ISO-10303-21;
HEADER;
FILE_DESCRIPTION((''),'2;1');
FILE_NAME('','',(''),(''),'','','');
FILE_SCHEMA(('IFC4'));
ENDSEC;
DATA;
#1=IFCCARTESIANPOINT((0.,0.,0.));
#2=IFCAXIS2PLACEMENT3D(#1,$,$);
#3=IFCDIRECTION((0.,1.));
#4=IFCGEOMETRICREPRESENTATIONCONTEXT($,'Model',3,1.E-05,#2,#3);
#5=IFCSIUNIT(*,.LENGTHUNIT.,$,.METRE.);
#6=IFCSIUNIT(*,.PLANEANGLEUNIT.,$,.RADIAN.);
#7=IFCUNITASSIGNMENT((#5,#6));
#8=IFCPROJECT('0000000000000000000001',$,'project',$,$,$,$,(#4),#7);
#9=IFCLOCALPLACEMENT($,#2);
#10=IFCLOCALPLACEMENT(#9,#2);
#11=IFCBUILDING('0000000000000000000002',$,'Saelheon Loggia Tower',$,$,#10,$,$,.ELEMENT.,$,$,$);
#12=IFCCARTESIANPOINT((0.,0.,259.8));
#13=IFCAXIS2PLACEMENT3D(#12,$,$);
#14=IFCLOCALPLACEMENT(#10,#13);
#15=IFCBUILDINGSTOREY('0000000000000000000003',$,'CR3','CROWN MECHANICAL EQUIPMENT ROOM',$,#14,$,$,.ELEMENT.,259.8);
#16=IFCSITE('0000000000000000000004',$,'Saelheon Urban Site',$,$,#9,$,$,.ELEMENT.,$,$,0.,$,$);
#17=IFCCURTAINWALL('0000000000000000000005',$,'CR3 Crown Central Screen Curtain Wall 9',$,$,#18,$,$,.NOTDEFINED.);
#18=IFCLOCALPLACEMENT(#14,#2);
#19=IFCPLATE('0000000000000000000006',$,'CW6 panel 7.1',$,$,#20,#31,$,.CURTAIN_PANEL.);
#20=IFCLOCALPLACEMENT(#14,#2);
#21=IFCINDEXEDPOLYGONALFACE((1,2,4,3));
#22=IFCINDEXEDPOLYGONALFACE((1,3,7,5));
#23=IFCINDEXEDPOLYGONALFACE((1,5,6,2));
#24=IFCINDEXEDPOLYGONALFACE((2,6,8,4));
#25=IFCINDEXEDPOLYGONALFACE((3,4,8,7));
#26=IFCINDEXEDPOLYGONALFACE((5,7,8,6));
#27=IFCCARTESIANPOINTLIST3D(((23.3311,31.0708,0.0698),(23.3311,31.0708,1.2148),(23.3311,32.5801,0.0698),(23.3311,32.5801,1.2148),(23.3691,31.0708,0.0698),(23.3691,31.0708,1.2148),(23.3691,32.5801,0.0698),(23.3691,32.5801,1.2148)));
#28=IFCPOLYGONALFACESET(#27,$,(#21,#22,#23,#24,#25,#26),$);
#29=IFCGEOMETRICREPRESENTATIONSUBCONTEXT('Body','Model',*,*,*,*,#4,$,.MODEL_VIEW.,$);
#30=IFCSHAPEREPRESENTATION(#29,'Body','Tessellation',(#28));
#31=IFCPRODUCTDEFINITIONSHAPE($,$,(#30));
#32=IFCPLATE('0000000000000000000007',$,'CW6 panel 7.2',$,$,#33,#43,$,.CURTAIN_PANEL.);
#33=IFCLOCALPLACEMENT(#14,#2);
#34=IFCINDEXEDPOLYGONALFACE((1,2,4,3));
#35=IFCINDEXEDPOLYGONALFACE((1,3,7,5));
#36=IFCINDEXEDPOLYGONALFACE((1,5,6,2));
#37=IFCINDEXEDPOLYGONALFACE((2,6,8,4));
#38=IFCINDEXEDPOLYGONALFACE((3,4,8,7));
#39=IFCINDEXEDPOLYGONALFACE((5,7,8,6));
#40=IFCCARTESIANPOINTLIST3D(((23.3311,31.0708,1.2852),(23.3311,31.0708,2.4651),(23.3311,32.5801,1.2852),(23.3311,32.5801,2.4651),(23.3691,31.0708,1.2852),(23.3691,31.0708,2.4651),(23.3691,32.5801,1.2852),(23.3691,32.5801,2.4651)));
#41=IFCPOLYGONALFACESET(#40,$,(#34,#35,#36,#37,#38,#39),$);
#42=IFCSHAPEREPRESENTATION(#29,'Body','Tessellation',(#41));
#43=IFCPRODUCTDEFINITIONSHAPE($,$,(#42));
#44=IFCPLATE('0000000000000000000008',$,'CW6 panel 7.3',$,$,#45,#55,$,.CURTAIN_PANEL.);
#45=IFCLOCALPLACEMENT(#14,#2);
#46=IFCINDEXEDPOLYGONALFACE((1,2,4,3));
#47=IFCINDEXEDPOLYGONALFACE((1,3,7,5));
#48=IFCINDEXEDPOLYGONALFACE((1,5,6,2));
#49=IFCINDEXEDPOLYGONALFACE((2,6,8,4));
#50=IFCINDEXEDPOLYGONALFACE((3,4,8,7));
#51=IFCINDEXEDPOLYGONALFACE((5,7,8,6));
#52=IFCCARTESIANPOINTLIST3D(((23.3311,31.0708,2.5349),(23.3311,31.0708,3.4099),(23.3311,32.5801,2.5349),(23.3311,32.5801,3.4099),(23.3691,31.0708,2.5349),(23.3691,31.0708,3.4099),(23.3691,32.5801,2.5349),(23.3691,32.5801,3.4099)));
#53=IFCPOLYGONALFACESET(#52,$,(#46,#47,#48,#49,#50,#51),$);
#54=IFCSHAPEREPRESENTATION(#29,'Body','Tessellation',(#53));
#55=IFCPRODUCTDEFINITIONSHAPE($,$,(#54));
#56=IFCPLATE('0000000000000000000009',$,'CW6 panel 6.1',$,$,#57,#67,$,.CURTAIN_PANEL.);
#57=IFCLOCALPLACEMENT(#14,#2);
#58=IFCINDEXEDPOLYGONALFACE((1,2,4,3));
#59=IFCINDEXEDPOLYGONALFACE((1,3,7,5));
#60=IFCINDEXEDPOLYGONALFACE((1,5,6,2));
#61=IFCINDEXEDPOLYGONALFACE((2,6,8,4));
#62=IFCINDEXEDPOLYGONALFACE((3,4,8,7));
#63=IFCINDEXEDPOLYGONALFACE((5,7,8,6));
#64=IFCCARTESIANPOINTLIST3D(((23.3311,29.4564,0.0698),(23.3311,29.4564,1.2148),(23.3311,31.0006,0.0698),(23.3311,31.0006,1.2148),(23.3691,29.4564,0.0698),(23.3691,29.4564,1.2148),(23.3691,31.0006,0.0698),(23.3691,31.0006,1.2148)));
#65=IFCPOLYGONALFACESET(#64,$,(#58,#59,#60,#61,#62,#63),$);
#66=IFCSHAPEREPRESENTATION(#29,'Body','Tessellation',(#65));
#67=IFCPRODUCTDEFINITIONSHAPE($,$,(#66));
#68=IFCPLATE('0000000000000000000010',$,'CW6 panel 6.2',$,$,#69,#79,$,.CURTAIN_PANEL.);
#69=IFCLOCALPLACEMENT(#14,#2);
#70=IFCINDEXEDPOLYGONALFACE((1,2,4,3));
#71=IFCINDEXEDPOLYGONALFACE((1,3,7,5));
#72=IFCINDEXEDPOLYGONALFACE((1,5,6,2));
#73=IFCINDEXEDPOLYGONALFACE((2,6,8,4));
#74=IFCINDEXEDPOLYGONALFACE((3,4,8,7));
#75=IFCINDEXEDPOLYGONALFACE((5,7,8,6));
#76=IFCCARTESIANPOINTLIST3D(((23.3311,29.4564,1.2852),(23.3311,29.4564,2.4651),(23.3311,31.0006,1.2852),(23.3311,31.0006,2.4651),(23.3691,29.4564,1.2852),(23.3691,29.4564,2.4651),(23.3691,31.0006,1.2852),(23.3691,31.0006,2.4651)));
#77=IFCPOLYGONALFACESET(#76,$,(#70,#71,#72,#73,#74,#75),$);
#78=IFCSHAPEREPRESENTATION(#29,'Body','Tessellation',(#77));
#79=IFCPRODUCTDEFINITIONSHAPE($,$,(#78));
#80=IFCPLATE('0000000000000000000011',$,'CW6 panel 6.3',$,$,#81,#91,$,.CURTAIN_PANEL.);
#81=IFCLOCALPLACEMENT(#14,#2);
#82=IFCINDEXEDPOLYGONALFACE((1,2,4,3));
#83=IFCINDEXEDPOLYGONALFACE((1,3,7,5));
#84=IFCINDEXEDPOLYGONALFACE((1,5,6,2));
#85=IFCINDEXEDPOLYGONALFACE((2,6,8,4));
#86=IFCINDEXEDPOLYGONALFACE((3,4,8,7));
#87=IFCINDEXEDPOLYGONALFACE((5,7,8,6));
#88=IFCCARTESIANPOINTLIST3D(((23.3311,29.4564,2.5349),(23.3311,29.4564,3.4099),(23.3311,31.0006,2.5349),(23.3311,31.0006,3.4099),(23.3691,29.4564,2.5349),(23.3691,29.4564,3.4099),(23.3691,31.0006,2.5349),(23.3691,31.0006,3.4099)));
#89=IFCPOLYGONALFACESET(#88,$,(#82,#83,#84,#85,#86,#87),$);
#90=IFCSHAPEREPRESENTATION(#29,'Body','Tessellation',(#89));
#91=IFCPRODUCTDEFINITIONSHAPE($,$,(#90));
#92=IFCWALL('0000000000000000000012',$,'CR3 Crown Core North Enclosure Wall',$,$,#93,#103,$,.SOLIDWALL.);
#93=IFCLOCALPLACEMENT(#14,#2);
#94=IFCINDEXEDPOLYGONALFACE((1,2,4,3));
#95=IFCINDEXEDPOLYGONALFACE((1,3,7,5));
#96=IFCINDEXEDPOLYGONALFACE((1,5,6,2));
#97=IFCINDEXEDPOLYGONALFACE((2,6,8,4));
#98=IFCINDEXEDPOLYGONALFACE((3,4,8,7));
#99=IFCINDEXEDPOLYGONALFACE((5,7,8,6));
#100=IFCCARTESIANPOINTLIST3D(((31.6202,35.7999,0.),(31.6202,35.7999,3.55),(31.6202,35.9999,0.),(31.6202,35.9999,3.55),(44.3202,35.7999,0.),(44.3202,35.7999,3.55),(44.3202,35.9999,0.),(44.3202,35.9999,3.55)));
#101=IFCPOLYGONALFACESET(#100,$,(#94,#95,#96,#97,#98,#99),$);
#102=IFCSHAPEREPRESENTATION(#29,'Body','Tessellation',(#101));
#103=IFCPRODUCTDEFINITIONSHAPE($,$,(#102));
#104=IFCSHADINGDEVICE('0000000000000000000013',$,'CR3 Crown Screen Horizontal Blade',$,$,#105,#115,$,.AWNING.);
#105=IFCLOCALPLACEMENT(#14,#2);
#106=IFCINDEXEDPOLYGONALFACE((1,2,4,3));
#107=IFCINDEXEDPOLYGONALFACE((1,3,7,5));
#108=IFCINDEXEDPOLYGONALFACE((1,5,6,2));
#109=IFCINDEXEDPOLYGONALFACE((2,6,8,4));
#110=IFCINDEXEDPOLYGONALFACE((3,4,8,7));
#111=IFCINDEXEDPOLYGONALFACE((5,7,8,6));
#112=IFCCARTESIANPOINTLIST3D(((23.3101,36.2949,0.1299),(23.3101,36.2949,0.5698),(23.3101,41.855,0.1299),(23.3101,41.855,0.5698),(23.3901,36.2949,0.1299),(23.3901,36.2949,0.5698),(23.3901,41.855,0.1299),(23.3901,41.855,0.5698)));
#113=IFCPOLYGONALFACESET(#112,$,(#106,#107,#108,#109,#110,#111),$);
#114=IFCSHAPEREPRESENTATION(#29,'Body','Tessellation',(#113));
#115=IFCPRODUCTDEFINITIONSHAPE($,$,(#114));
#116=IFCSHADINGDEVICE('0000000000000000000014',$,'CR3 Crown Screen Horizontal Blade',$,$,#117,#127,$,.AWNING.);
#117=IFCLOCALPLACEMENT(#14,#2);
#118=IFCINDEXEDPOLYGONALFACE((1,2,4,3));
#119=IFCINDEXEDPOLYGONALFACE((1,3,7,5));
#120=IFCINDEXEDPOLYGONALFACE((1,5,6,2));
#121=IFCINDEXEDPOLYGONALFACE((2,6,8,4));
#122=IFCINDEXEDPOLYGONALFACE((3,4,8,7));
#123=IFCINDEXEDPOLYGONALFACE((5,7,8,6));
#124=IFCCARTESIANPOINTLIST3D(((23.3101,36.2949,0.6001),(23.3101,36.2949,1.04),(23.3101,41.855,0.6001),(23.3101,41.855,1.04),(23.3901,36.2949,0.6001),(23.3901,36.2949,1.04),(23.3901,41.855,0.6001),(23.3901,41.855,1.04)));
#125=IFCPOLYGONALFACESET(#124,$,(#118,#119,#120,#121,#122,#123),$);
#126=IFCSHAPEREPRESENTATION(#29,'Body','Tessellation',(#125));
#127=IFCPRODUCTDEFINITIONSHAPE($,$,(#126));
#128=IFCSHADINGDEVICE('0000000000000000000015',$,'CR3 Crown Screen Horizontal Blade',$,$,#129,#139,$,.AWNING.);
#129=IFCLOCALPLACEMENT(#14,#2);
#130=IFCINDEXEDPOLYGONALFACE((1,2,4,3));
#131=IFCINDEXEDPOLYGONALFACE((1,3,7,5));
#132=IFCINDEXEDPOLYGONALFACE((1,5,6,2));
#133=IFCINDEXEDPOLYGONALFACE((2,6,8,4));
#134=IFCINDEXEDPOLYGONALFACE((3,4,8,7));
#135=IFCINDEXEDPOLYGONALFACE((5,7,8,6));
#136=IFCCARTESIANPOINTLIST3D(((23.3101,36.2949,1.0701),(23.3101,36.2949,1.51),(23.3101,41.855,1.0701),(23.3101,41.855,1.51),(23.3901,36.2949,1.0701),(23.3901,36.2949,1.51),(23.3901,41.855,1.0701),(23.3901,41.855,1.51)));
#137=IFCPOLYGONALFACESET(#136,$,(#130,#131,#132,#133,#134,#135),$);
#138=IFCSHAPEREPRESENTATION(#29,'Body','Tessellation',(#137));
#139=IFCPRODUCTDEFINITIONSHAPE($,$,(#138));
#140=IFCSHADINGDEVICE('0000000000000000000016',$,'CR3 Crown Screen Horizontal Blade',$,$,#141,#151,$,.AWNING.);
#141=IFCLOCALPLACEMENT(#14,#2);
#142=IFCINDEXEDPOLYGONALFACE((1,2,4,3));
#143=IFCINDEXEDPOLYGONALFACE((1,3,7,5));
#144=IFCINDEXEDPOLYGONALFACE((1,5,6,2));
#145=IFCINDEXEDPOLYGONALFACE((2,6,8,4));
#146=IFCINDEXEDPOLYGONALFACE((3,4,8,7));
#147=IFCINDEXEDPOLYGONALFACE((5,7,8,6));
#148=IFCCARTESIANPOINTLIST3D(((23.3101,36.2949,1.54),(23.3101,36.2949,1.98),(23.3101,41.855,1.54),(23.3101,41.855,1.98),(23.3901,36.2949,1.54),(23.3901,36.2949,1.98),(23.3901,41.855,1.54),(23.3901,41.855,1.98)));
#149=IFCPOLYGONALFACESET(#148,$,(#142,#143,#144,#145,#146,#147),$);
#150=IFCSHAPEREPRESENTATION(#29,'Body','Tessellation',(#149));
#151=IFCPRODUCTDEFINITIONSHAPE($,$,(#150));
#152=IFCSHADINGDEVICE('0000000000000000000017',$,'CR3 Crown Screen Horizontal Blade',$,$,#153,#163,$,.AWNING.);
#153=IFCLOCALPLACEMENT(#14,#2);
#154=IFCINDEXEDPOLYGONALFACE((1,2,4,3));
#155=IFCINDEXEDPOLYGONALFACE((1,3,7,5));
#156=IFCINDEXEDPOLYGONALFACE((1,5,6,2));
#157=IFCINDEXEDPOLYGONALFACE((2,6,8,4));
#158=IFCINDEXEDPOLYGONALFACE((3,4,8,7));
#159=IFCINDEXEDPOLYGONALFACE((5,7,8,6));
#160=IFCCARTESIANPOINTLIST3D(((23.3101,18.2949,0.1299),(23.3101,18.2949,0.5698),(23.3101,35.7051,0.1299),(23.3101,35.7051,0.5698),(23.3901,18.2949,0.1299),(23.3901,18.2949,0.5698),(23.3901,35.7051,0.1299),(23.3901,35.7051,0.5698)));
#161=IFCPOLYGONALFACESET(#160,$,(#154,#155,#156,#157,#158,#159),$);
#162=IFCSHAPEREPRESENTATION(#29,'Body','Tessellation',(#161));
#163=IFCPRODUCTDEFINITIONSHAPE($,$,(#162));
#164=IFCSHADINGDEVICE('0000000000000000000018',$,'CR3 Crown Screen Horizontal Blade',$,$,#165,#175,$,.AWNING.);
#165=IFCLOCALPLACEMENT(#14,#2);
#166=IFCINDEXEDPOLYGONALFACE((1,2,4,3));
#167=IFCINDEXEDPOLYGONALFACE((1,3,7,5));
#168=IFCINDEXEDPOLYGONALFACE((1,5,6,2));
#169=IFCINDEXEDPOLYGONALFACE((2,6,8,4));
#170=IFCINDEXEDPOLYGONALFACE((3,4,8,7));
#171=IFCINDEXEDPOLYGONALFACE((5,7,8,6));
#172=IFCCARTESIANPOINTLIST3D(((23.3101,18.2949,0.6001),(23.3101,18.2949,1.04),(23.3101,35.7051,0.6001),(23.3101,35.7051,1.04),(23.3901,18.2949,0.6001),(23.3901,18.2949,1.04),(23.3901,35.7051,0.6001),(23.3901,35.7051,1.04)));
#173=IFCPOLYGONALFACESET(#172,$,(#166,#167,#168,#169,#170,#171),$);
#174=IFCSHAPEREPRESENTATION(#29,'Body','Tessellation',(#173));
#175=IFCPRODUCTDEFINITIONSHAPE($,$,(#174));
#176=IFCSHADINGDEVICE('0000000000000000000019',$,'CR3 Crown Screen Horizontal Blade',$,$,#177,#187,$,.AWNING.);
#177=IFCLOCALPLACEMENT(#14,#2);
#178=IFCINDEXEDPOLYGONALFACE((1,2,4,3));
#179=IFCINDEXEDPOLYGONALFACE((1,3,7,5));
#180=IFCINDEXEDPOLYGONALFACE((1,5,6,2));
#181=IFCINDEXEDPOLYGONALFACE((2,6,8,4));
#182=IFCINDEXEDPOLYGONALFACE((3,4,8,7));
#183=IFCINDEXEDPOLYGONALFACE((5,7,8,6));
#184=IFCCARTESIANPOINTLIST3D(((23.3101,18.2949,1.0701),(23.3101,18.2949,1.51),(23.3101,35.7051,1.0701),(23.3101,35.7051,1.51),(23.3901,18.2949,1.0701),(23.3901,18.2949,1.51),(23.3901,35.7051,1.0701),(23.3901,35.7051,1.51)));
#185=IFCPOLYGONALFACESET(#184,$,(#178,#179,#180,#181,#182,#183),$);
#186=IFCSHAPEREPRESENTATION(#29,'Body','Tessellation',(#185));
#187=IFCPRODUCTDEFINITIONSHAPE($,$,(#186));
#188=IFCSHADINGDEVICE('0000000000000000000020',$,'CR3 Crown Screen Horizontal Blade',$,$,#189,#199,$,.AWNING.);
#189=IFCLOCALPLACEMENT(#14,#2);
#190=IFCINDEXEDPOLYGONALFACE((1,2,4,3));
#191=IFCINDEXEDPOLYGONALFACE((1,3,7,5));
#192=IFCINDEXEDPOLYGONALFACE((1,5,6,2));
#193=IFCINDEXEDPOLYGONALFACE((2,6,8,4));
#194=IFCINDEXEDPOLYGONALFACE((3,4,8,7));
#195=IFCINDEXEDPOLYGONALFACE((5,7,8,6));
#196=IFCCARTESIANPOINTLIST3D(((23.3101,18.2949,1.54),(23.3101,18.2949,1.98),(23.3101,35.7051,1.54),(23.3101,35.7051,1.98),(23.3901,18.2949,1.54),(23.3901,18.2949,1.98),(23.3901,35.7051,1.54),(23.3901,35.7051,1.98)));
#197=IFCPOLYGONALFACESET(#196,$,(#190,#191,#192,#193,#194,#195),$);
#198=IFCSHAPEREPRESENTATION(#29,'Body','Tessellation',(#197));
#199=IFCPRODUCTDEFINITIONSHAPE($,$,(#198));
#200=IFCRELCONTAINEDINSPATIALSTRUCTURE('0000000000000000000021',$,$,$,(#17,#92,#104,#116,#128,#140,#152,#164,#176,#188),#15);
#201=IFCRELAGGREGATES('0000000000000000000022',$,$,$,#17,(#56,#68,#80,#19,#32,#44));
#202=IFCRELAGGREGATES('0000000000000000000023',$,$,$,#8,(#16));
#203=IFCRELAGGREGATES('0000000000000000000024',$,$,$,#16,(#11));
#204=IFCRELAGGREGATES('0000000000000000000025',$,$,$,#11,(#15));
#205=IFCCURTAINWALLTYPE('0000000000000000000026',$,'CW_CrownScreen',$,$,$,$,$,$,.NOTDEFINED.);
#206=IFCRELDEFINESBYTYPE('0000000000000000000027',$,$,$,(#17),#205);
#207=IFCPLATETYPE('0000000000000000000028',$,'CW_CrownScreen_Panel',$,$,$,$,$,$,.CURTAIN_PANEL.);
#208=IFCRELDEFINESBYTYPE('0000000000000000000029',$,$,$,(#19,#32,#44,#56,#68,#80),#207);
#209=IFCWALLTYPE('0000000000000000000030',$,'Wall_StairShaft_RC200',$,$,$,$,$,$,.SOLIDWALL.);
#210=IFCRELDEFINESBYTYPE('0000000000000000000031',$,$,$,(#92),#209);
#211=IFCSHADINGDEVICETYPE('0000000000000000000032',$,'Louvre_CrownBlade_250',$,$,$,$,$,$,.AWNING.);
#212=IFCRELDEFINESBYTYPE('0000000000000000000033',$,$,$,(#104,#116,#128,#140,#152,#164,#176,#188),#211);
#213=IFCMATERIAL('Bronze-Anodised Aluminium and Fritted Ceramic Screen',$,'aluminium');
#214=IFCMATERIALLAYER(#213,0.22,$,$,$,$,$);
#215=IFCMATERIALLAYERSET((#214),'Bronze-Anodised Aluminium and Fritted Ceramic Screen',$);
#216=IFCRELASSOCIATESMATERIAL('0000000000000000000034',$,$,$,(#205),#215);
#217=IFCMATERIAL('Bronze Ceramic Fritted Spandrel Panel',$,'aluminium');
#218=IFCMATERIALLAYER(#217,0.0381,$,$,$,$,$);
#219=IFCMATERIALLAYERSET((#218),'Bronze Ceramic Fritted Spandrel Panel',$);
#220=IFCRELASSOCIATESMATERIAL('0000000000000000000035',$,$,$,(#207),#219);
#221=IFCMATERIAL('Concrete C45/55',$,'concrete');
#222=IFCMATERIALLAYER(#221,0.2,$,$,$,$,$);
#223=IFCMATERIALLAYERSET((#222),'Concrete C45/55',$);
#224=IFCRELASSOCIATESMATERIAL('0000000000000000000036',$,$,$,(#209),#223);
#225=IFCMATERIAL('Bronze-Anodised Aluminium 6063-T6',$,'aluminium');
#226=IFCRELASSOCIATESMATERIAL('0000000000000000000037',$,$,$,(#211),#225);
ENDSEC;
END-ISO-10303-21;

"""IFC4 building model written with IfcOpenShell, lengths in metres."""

from ifc_helpers import new_model, si_unit, direction, frame, frame_2d, origin, origin_2d, place, context, subcontext, project, spatial, rectangle, extrude, source, transform, mapped, material, layer, layer_set, material_profile, profile_set, type_object, element, aggregate, save


model = new_model("IFC4")

# Units and contexts
model_context = context("Model", 3, precision=1e-05, world=origin(), true_north=direction((0.0, 1.0)))
body_context = subcontext(model_context, "Body", "Model", "MODEL_VIEW")
ifc_project = project(units=[si_unit("LENGTHUNIT", "METRE"), si_unit("PLANEANGLEUNIT", "RADIAN")], contexts=[model_context])

# Site, building, storey
site_placement = place(None, origin())
site = spatial("IfcSite", under=ifc_project, at=site_placement, Name="Saelheon Urban Site", CompositionType="ELEMENT", RefElevation=0.0)
building_placement = place(site_placement, origin())
building = spatial("IfcBuilding", under=site, at=building_placement, Name="Saelheon Loggia Tower", CompositionType="ELEMENT")
storey_placement = place(building_placement, frame((0.0, 0.0, 259.8)))
storey = spatial("IfcBuildingStorey", under=building, at=storey_placement, Name="CR3", Description="CROWN MECHANICAL EQUIPMENT ROOM", CompositionType="ELEMENT", Elevation=259.8)

# Curtain wall, plates
ifc_material_1 = material(Name="Bronze-Anodised Aluminium and Fritted Ceramic Screen", Category="aluminium")
ifc_layer_1 = layer(ifc_material_1, 0.22)
ifc_layer_set_1 = layer_set([ifc_layer_1], Name="Bronze-Anodised Aluminium and Fritted Ceramic Screen")
curtain_wall_type = type_object("IfcCurtainWallType", Name="CW_CrownScreen", PredefinedType="NOTDEFINED", material=ifc_layer_set_1)
curtain_wall_placement = place(storey_placement, origin())
curtain_wall = element("IfcCurtainWall", 1, at=curtain_wall_placement, inside=storey, type_object=curtain_wall_type, Name="CR3 Crown Central Screen Curtain Wall 9", PredefinedType="NOTDEFINED")
ifc_material_2 = material(Name="Bronze-Anodised Aluminium 6063-T6", Category="aluminium")
ifc_material_3 = material(Name="Bronze Ceramic Fritted Spandrel Panel", Category="aluminium")
ifc_layer_2 = layer(ifc_material_3, 0.0381)
ifc_layer_set_2 = layer_set([ifc_layer_2], Name="Bronze Ceramic Fritted Spandrel Panel")
plate_type = type_object("IfcPlateType", Name="CW_CrownScreen_Panel", PredefinedType="CURTAIN_PANEL", material=ifc_layer_set_2)
shared_shape_1 = source(origin(), body_context, "Body", "SweptSolid", [
    extrude(rectangle(XDim=1.5093, YDim=0.0381, at=origin_2d()), origin(), (0.0, 0.0, 1.0), 1.145),
])
plate_1_placement = place(storey_placement, frame((23.3501, 31.8254, 0.0698), z_axis=(0.0, 0.0, 1.0), x_axis=(0.0, 1.0, 0.0)))
plate_1 = element("IfcPlate", 2, at=plate_1_placement, type_object=plate_type, Name="CW6 panel 7.1", PredefinedType="CURTAIN_PANEL", context=body_context, shape_type="MappedRepresentation", body=[
    mapped(shared_shape_1, transform((0.0, 0.0, 0.0), scale=1.0)),
])
shared_shape_2 = source(origin(), body_context, "Body", "SweptSolid", [
    extrude(rectangle(XDim=1.5093, YDim=0.0381, at=origin_2d()), origin(), (0.0, 0.0, 1.0), 1.1799),
])
plate_2_placement = place(storey_placement, frame((23.3501, 31.8254, 1.2852), z_axis=(0.0, 0.0, 1.0), x_axis=(0.0, 1.0, 0.0)))
plate_2 = element("IfcPlate", 3, at=plate_2_placement, type_object=plate_type, Name="CW6 panel 7.2", PredefinedType="CURTAIN_PANEL", context=body_context, shape_type="MappedRepresentation", body=[
    mapped(shared_shape_2, transform((0.0, 0.0, 0.0), scale=1.0)),
])
shared_shape_3 = source(origin(), body_context, "Body", "SweptSolid", [
    extrude(rectangle(XDim=1.5093, YDim=0.0381, at=origin_2d()), origin(), (0.0, 0.0, 1.0), 0.875),
])
plate_3_placement = place(storey_placement, frame((23.3501, 31.8254, 2.5349), z_axis=(0.0, 0.0, 1.0), x_axis=(0.0, 1.0, 0.0)))
plate_3 = element("IfcPlate", 4, at=plate_3_placement, type_object=plate_type, Name="CW6 panel 7.3", PredefinedType="CURTAIN_PANEL", context=body_context, shape_type="MappedRepresentation", body=[
    mapped(shared_shape_3, transform((0.0, 0.0, 0.0), scale=1.0)),
])
shared_shape_4 = source(origin(), body_context, "Body", "SweptSolid", [
    extrude(rectangle(XDim=1.5442, YDim=0.0381, at=origin_2d()), origin(), (0.0, 0.0, 1.0), 1.145),
])
plate_4_placement = place(storey_placement, frame((23.3501, 30.2285, 0.0698), z_axis=(0.0, 0.0, 1.0), x_axis=(0.0, 1.0, 0.0)))
plate_4 = element("IfcPlate", 5, at=plate_4_placement, type_object=plate_type, Name="CW6 panel 6.1", PredefinedType="CURTAIN_PANEL", context=body_context, shape_type="MappedRepresentation", body=[
    mapped(shared_shape_4, transform((0.0, 0.0, 0.0), scale=1.0)),
])
shared_shape_5 = source(origin(), body_context, "Body", "SweptSolid", [
    extrude(rectangle(XDim=1.5442, YDim=0.0381, at=origin_2d()), origin(), (0.0, 0.0, 1.0), 1.1799),
])
plate_5_placement = place(storey_placement, frame((23.3501, 30.2285, 1.2852), z_axis=(0.0, 0.0, 1.0), x_axis=(0.0, 1.0, 0.0)))
plate_5 = element("IfcPlate", 6, at=plate_5_placement, type_object=plate_type, Name="CW6 panel 6.2", PredefinedType="CURTAIN_PANEL", context=body_context, shape_type="MappedRepresentation", body=[
    mapped(shared_shape_5, transform((0.0, 0.0, 0.0), scale=1.0)),
])
shared_shape_6 = source(origin(), body_context, "Body", "SweptSolid", [
    extrude(rectangle(XDim=1.5442, YDim=0.0381, at=origin_2d()), origin(), (0.0, 0.0, 1.0), 0.875),
])
plate_6_placement = place(storey_placement, frame((23.3501, 30.2285, 2.5349), z_axis=(0.0, 0.0, 1.0), x_axis=(0.0, 1.0, 0.0)))
plate_6 = element("IfcPlate", 7, at=plate_6_placement, type_object=plate_type, Name="CW6 panel 6.3", PredefinedType="CURTAIN_PANEL", context=body_context, shape_type="MappedRepresentation", body=[
    mapped(shared_shape_6, transform((0.0, 0.0, 0.0), scale=1.0)),
])
aggregate(curtain_wall, [plate_4, plate_5, plate_6, plate_1, plate_2, plate_3])

# Wall
ifc_material_4 = material(Name="Concrete C45/55", Category="concrete")
ifc_layer_3 = layer(ifc_material_4, 0.2)
ifc_layer_set_3 = layer_set([ifc_layer_3], Name="Concrete C45/55")
wall_type = type_object("IfcWallType", Name="Wall_StairShaft_RC200", PredefinedType="SOLIDWALL", material=ifc_layer_set_3)
wall_placement = place(storey_placement, frame((31.6201, 35.8999, 0.0), z_axis=(0.0, 0.0, 1.0), x_axis=(1.0, 0.0, 0.0)))
element("IfcWall", 8, at=wall_placement, inside=storey, type_object=wall_type, Name="CR3 Crown Core North Enclosure Wall", PredefinedType="SOLIDWALL", context=body_context, shape_type="SweptSolid", body=[
    extrude(rectangle(XDim=12.7, YDim=0.2, at=frame_2d((6.3501, 0.0))), origin(), (0.0, 0.0, 1.0), 3.55),
])

# Shading devices
ifc_material_profile_1 = material_profile(ifc_material_2, rectangle(XDim=0.0801, YDim=0.4399, at=origin_2d()), Name="Louvre_CrownBlade_250")
ifc_profile_set_1 = profile_set([ifc_material_profile_1], Name="Bronze-Anodised Aluminium 6063-T6")
shading_device_type = type_object("IfcShadingDeviceType", Name="Louvre_CrownBlade_250", PredefinedType="AWNING", material=ifc_profile_set_1)
shared_shape_7 = source(origin(), body_context, "Body", "SweptSolid", [
    extrude(rectangle(XDim=0.0801, YDim=0.4399, at=origin_2d()), origin(), (0.0, 0.0, 1.0), 5.5601),
])
for number, where, z_axis, x_axis, name in (
    (9, (23.3501, 41.855, 0.3499), (0.0, -1.0, 0.0), (1.0, 0.0, 0.0), "CR3 Crown Screen Horizontal Blade"),
    (10, (23.3501, 41.855, 0.8201), (0.0, -1.0, 0.0), (1.0, 0.0, 0.0), "CR3 Crown Screen Horizontal Blade"),
    (11, (23.3501, 41.855, 1.29), (0.0, -1.0, 0.0), (1.0, 0.0, 0.0), "CR3 Crown Screen Horizontal Blade"),
    (12, (23.3501, 41.855, 1.76), (0.0, -1.0, 0.0), (1.0, 0.0, 0.0), "CR3 Crown Screen Horizontal Blade"),
):
    element("IfcShadingDevice", number, at=place(storey_placement, frame(where, z_axis=z_axis, x_axis=x_axis)), inside=storey, type_object=shading_device_type, Name=name, PredefinedType="AWNING", context=body_context, shape_type="MappedRepresentation", body=[
        mapped(shared_shape_7, transform((0.0, 0.0, 0.0), scale=1.0)),
    ])
shared_shape_8 = source(origin(), body_context, "Body", "SweptSolid", [
    extrude(rectangle(XDim=0.0801, YDim=0.4399, at=origin_2d()), origin(), (0.0, 0.0, 1.0), 17.4102),
])
for number, where, z_axis, x_axis, name in (
    (13, (23.3501, 35.7051, 0.3499), (0.0, -1.0, 0.0), (1.0, 0.0, 0.0), "CR3 Crown Screen Horizontal Blade"),
    (14, (23.3501, 35.7051, 0.8201), (0.0, -1.0, 0.0), (1.0, 0.0, 0.0), "CR3 Crown Screen Horizontal Blade"),
    (15, (23.3501, 35.7051, 1.29), (0.0, -1.0, 0.0), (1.0, 0.0, 0.0), "CR3 Crown Screen Horizontal Blade"),
    (16, (23.3501, 35.7051, 1.76), (0.0, -1.0, 0.0), (1.0, 0.0, 0.0), "CR3 Crown Screen Horizontal Blade"),
):
    element("IfcShadingDevice", number, at=place(storey_placement, frame(where, z_axis=z_axis, x_axis=x_axis)), inside=storey, type_object=shading_device_type, Name=name, PredefinedType="AWNING", context=body_context, shape_type="MappedRepresentation", body=[
        mapped(shared_shape_8, transform((0.0, 0.0, 0.0), scale=1.0)),
    ])

save(model, "model.ifc")
